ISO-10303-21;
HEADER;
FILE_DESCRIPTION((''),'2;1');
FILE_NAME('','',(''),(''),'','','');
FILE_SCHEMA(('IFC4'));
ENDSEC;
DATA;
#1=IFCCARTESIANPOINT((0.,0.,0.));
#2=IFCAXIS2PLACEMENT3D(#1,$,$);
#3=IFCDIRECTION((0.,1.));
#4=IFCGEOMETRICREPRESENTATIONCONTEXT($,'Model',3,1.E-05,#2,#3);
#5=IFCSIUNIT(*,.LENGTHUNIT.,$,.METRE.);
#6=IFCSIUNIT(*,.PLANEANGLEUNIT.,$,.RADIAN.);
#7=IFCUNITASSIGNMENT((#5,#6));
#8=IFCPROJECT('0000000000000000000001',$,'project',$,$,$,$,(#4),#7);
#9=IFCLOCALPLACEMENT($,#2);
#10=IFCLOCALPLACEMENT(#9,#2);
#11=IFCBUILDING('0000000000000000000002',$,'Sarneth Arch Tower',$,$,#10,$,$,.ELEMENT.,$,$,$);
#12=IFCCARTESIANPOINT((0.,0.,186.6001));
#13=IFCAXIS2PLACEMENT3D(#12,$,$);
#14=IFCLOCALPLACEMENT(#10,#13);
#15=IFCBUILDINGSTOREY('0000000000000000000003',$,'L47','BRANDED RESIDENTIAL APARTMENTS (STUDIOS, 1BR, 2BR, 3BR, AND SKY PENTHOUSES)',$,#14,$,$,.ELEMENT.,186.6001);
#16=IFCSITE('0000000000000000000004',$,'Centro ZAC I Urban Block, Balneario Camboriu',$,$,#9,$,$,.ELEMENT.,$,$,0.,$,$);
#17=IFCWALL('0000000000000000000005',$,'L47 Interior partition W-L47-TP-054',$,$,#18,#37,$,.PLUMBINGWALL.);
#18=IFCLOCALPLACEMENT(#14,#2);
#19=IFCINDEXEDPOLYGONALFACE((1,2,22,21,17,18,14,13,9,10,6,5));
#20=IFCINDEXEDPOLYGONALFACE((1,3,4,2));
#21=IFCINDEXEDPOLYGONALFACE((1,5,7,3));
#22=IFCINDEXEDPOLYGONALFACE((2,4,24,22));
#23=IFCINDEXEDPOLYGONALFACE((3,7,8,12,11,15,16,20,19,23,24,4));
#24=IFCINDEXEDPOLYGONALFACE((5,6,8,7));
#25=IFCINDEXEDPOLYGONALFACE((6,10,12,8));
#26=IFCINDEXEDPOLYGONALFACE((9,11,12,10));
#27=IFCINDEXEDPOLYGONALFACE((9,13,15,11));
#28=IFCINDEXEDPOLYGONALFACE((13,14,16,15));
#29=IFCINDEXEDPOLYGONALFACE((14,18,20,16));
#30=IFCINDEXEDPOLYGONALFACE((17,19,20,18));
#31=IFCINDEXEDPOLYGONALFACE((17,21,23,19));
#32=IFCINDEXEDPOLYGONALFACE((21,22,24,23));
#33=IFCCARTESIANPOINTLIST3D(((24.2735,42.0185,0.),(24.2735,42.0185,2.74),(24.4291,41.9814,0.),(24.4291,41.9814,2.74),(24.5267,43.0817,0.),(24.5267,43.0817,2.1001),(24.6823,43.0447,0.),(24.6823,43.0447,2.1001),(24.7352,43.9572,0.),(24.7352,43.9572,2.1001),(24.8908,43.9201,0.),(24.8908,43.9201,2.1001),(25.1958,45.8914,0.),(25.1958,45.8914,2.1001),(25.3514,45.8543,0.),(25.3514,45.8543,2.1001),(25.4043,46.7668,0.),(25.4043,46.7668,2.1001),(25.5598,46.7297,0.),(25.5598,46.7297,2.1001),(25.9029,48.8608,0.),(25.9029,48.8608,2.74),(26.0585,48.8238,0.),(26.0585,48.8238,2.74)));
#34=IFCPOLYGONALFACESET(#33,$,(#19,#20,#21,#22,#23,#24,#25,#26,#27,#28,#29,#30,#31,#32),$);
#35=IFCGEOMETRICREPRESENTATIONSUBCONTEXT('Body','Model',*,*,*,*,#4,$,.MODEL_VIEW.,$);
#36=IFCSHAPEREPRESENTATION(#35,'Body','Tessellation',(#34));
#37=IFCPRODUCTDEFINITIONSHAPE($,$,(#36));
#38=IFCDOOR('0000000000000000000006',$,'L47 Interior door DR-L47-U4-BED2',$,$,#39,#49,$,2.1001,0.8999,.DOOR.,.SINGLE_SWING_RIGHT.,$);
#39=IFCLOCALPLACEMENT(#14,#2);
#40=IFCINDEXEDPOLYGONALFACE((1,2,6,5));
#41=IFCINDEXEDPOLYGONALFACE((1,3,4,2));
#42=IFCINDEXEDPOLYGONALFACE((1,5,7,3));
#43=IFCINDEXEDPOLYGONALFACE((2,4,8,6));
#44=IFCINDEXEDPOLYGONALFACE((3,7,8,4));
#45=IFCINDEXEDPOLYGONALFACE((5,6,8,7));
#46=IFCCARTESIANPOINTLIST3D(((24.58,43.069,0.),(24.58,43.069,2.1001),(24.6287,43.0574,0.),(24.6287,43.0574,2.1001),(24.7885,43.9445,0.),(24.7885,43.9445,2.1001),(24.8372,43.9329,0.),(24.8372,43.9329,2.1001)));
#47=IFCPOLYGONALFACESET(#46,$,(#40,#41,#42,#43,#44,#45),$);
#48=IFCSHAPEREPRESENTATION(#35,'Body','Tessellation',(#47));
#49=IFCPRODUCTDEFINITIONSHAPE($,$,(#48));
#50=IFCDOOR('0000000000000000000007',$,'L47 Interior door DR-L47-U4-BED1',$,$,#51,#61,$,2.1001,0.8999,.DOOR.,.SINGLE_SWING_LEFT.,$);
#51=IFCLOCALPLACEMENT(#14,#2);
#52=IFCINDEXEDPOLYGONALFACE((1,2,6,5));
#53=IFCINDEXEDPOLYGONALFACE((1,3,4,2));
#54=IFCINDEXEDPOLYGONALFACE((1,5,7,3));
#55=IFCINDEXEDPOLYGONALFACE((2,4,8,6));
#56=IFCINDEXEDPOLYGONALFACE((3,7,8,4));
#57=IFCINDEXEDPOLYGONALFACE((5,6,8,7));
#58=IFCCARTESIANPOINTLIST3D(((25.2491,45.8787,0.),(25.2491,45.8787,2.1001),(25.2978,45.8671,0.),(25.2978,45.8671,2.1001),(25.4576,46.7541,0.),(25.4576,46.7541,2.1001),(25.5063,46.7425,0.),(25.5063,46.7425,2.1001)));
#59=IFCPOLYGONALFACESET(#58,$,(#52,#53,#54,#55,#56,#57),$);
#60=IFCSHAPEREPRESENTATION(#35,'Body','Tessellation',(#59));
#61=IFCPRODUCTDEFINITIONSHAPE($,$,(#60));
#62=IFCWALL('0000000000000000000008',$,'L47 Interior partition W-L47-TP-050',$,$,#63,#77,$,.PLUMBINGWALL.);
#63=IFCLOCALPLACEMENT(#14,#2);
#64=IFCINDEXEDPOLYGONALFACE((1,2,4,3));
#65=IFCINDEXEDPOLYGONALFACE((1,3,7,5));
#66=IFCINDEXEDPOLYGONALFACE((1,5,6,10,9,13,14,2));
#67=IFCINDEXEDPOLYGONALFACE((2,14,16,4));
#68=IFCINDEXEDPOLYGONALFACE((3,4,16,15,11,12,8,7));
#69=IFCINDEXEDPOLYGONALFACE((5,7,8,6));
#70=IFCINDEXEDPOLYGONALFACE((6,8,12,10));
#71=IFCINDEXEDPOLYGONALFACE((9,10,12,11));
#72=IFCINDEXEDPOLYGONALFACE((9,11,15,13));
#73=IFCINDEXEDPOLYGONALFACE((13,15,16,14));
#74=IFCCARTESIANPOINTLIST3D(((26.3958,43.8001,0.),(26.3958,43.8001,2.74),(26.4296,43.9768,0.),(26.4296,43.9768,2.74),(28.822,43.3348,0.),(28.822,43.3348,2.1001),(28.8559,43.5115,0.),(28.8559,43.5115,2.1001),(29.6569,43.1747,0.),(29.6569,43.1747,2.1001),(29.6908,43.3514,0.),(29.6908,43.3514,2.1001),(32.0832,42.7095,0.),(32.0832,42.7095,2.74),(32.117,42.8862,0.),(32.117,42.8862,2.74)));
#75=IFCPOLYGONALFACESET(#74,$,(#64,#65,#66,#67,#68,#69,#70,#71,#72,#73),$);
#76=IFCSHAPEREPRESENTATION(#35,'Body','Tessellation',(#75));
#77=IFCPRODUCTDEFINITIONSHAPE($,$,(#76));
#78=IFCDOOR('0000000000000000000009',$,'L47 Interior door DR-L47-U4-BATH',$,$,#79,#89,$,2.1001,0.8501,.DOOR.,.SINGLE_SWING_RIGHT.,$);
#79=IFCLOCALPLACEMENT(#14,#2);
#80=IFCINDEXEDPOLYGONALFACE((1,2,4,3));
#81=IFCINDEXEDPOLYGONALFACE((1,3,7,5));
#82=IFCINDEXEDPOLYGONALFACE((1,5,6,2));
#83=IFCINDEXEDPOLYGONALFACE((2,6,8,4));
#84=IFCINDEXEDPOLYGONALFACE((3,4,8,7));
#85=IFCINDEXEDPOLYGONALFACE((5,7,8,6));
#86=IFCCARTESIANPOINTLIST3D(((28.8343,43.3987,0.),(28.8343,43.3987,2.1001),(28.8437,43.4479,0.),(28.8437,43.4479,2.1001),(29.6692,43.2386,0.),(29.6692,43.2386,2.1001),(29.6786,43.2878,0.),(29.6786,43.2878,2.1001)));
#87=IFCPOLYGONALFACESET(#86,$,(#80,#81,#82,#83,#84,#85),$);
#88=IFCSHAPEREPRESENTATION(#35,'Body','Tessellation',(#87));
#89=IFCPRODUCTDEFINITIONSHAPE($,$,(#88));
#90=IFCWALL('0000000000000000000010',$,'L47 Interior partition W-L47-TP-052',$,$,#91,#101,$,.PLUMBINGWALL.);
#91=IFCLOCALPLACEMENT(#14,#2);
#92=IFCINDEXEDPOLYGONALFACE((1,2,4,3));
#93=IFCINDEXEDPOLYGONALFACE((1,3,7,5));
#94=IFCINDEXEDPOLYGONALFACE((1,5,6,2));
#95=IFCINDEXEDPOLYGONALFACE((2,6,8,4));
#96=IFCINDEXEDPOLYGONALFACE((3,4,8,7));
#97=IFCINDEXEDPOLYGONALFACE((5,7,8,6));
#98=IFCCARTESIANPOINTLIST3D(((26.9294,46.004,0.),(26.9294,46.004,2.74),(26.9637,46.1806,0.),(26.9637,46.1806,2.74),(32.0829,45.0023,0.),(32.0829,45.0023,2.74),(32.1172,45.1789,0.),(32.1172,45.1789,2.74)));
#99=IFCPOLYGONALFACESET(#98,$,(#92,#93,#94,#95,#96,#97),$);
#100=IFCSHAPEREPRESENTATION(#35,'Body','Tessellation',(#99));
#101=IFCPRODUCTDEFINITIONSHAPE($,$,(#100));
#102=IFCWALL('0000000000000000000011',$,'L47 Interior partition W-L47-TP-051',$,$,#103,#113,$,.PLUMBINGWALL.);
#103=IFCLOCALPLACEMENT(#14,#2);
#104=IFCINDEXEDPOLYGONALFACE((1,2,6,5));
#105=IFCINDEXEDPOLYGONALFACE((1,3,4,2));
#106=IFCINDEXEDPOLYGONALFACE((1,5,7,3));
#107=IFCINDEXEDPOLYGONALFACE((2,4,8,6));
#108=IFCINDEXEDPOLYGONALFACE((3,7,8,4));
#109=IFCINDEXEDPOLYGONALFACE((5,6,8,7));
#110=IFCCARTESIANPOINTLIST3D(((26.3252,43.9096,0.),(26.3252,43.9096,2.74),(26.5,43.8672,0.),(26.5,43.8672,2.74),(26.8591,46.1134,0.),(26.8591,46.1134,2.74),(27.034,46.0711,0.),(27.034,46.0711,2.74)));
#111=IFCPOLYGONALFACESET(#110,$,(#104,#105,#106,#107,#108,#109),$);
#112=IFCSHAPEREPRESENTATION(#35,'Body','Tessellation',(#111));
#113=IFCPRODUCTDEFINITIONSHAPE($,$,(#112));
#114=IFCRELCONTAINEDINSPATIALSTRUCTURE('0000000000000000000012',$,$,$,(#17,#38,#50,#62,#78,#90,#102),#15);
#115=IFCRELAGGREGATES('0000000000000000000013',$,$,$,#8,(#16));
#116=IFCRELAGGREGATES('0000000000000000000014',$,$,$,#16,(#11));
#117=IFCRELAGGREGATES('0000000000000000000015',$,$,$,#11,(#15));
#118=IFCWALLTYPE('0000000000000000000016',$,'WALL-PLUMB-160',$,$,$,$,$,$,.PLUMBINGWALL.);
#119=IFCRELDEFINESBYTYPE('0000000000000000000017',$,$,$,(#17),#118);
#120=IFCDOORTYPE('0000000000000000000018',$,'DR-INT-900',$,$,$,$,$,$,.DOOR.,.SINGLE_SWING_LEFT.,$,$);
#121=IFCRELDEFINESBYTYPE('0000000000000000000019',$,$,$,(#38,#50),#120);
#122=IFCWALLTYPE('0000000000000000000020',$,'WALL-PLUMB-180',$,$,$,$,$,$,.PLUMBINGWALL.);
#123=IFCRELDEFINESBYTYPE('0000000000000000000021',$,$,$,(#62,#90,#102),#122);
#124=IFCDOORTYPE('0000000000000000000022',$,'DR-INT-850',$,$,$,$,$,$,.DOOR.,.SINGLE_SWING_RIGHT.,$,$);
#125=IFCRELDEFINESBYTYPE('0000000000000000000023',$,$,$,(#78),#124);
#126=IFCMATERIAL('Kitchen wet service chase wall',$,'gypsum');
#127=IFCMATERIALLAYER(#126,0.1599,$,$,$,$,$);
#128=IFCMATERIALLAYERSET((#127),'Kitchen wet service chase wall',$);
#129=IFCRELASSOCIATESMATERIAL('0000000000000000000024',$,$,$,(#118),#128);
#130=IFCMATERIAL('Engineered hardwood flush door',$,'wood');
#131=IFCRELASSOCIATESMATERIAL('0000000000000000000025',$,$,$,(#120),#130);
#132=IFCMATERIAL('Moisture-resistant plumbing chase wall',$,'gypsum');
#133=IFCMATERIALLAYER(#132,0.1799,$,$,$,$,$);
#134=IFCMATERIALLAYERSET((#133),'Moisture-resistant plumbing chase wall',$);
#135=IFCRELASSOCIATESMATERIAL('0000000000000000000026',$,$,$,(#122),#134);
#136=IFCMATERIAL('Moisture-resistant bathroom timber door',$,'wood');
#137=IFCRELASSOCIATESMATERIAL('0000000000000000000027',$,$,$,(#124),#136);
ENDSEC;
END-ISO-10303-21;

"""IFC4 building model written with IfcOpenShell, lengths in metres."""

from ifc_helpers import new_model, si_unit, direction, frame, frame_2d, origin, place, context, subcontext, project, spatial, rectangle, extrude, material, layer, layer_set, type_object, element, fill, save


model = new_model("IFC4")

# Units and contexts
model_context = context("Model", 3, precision=1e-05, world=origin(), true_north=direction((0.0, 1.0)))
body_context = subcontext(model_context, "Body", "Model", "MODEL_VIEW")
ifc_project = project(units=[si_unit("LENGTHUNIT", "METRE"), si_unit("PLANEANGLEUNIT", "RADIAN")], contexts=[model_context])

# Site, building, storey
site_placement = place(None, origin())
site = spatial("IfcSite", under=ifc_project, at=site_placement, Name="Centro ZAC I Urban Block, Balneario Camboriu", CompositionType="ELEMENT", RefElevation=0.0)
building_placement = place(site_placement, origin())
building = spatial("IfcBuilding", under=site, at=building_placement, Name="Sarneth Arch Tower", CompositionType="ELEMENT")
storey_placement = place(building_placement, frame((0.0, 0.0, 186.6001)))
storey = spatial("IfcBuildingStorey", under=building, at=storey_placement, Name="L47", Description="BRANDED RESIDENTIAL APARTMENTS (STUDIOS, 1BR, 2BR, 3BR, AND SKY PENTHOUSES)", CompositionType="ELEMENT", Elevation=186.6001)

# Shared definitions
ifc_material_1 = material(Name="Kitchen wet service chase wall", Category="gypsum")
ifc_layer_1 = layer(ifc_material_1, 0.1599)
ifc_layer_set_1 = layer_set([ifc_layer_1], Name="Kitchen wet service chase wall")
wall_type_1 = type_object("IfcWallType", Name="WALL-PLUMB-160", PredefinedType="PLUMBINGWALL", material=ifc_layer_set_1)

# Wall, openings, doors
wall_1_placement = place(storey_placement, frame((25.9807, 48.8423, 0.0), z_axis=(0.0, 0.0, 1.0), x_axis=(-0.231658, -0.972797, 0.0)))
wall_1 = element("IfcWall", 1, at=wall_1_placement, inside=storey, type_object=wall_type_1, Name="L47 Interior partition W-L47-TP-054", PredefinedType="PLUMBINGWALL", context=body_context, shape_type="SweptSolid", body=[
    extrude(rectangle(XDim=7.0337, YDim=0.1599, at=frame_2d((3.5168, 0.0))), origin(), (0.0, 0.0, 1.0), 2.74),
])
opening_1_placement = place(wall_1_placement, frame((5.0408, 0.0, 0.0)))
opening_1 = element("IfcOpeningElement", 2, at=opening_1_placement, cuts=wall_1, PredefinedType="OPENING", context=body_context, shape_type="SweptSolid", body=[
    extrude(rectangle(XDim=0.8999, YDim=2.1001, at=frame_2d((0.45, 1.05))), frame((0.0, 0.0898, 0.0), z_axis=(0.0, -1.0, 0.0), x_axis=(1.0, 0.0, 0.0)), (0.0, 0.0, 1.0), 0.1799),
])
opening_2_placement = place(wall_1_placement, frame((2.1526, 0.0, 0.0)))
opening_2 = element("IfcOpeningElement", 3, at=opening_2_placement, cuts=wall_1, PredefinedType="OPENING", context=body_context, shape_type="SweptSolid", body=[
    extrude(rectangle(XDim=0.8999, YDim=2.1001, at=frame_2d((0.45, 1.05))), frame((0.0, 0.0898, 0.0), z_axis=(0.0, -1.0, 0.0), x_axis=(1.0, 0.0, 0.0)), (0.0, 0.0, 1.0), 0.1799),
])
ifc_material_2 = material(Name="Engineered hardwood flush door", Category="wood")
door_type_1 = type_object("IfcDoorType", Name="DR-INT-900", OperationType="SINGLE_SWING_LEFT", PredefinedType="DOOR", material=ifc_material_2)
door_1_placement = place(opening_1_placement, origin())
door_1 = element("IfcDoor", 4, at=door_1_placement, inside=storey, type_object=door_type_1, Name="L47 Interior door DR-L47-U4-BED2", OperationType="SINGLE_SWING_RIGHT", OverallHeight=2.1001, OverallWidth=0.8999, PredefinedType="DOOR", context=body_context, shape_type="SweptSolid", body=[
    extrude(rectangle(XDim=0.8999, YDim=2.1001, at=frame_2d((0.45, 1.05))), frame((0.0, 0.0249, 0.0), z_axis=(0.0, -1.0, 0.0), x_axis=(1.0, 0.0, 0.0)), (0.0, 0.0, 1.0), 0.05),
])
fill(opening_1, door_1)
door_2_placement = place(opening_2_placement, origin())
door_2 = element("IfcDoor", 5, at=door_2_placement, inside=storey, type_object=door_type_1, Name="L47 Interior door DR-L47-U4-BED1", OperationType="SINGLE_SWING_LEFT", OverallHeight=2.1001, OverallWidth=0.8999, PredefinedType="DOOR", context=body_context, shape_type="SweptSolid", body=[
    extrude(rectangle(XDim=0.8999, YDim=2.1001, at=frame_2d((0.45, 1.05))), frame((0.0, 0.0249, 0.0), z_axis=(0.0, -1.0, 0.0), x_axis=(1.0, 0.0, 0.0)), (0.0, 0.0, 1.0), 0.05),
])
fill(opening_2, door_2)

# Wall, opening, door
ifc_material_3 = material(Name="Moisture-resistant plumbing chase wall", Category="gypsum")
ifc_layer_2 = layer(ifc_material_3, 0.1799)
ifc_layer_set_2 = layer_set([ifc_layer_2], Name="Moisture-resistant plumbing chase wall")
wall_type_2 = type_object("IfcWallType", Name="WALL-PLUMB-180", PredefinedType="PLUMBINGWALL", material=ifc_layer_set_2)
wall_2_placement = place(storey_placement, frame((32.1001, 42.7979, 0.0), z_axis=(0.0, 0.0, 1.0), x_axis=(-0.982108, 0.188319, 0.0)))
wall_2 = element("IfcWall", 6, at=wall_2_placement, inside=storey, type_object=wall_type_2, Name="L47 Interior partition W-L47-TP-050", PredefinedType="PLUMBINGWALL", context=body_context, shape_type="SweptSolid", body=[
    extrude(rectangle(XDim=5.791, YDim=0.1799, at=frame_2d((2.8955, 0.0))), origin(), (0.0, 0.0, 1.0), 2.74),
])
opening_3_placement = place(wall_2_placement, frame((2.4705, 0.0, 0.0)))
opening_3 = element("IfcOpeningElement", 7, at=opening_3_placement, cuts=wall_2, PredefinedType="OPENING", context=body_context, shape_type="SweptSolid", body=[
    extrude(rectangle(XDim=0.8501, YDim=2.1001, at=frame_2d((0.425, 1.05))), frame((0.0, 0.0999, 0.0), z_axis=(0.0, -1.0, 0.0), x_axis=(1.0, 0.0, 0.0)), (0.0, 0.0, 1.0), 0.2),
])
ifc_material_4 = material(Name="Moisture-resistant bathroom timber door", Category="wood")
door_type_2 = type_object("IfcDoorType", Name="DR-INT-850", OperationType="SINGLE_SWING_RIGHT", PredefinedType="DOOR", material=ifc_material_4)
door_3_placement = place(opening_3_placement, origin())
door_3 = element("IfcDoor", 8, at=door_3_placement, inside=storey, type_object=door_type_2, Name="L47 Interior door DR-L47-U4-BATH", OperationType="SINGLE_SWING_RIGHT", OverallHeight=2.1001, OverallWidth=0.8501, PredefinedType="DOOR", context=body_context, shape_type="SweptSolid", body=[
    extrude(rectangle(XDim=0.8501, YDim=2.1001, at=frame_2d((0.425, 1.05))), frame((0.0, 0.0249, 0.0), z_axis=(0.0, -1.0, 0.0), x_axis=(1.0, 0.0, 0.0)), (0.0, 0.0, 1.0), 0.05),
])
fill(opening_3, door_3)

# Walls
wall_3_placement = place(storey_placement, frame((26.9465, 46.0923, 0.0), z_axis=(0.0, 0.0, 1.0), x_axis=(0.981629, -0.190801, 0.0)))
element("IfcWall", 9, at=wall_3_placement, inside=storey, type_object=wall_type_2, Name="L47 Interior partition W-L47-TP-052", PredefinedType="PLUMBINGWALL", context=body_context, shape_type="SweptSolid", body=[
    extrude(rectangle(XDim=5.25, YDim=0.1799, at=frame_2d((2.625, 0.0))), origin(), (0.0, 0.0, 1.0), 2.74),
])
wall_4_placement = place(storey_placement, frame((26.4126, 43.8884, 0.0), z_axis=(0.0, 0.0, 1.0), x_axis=(0.235461, 0.971884, 0.0)))
element("IfcWall", 10, at=wall_4_placement, inside=storey, type_object=wall_type_2, Name="L47 Interior partition W-L47-TP-051", PredefinedType="PLUMBINGWALL", context=body_context, shape_type="SweptSolid", body=[
    extrude(rectangle(XDim=2.2676, YDim=0.1799, at=frame_2d((1.1338, 0.0))), origin(), (0.0, 0.0, 1.0), 2.74),
])

save(model, "model.ifc")
